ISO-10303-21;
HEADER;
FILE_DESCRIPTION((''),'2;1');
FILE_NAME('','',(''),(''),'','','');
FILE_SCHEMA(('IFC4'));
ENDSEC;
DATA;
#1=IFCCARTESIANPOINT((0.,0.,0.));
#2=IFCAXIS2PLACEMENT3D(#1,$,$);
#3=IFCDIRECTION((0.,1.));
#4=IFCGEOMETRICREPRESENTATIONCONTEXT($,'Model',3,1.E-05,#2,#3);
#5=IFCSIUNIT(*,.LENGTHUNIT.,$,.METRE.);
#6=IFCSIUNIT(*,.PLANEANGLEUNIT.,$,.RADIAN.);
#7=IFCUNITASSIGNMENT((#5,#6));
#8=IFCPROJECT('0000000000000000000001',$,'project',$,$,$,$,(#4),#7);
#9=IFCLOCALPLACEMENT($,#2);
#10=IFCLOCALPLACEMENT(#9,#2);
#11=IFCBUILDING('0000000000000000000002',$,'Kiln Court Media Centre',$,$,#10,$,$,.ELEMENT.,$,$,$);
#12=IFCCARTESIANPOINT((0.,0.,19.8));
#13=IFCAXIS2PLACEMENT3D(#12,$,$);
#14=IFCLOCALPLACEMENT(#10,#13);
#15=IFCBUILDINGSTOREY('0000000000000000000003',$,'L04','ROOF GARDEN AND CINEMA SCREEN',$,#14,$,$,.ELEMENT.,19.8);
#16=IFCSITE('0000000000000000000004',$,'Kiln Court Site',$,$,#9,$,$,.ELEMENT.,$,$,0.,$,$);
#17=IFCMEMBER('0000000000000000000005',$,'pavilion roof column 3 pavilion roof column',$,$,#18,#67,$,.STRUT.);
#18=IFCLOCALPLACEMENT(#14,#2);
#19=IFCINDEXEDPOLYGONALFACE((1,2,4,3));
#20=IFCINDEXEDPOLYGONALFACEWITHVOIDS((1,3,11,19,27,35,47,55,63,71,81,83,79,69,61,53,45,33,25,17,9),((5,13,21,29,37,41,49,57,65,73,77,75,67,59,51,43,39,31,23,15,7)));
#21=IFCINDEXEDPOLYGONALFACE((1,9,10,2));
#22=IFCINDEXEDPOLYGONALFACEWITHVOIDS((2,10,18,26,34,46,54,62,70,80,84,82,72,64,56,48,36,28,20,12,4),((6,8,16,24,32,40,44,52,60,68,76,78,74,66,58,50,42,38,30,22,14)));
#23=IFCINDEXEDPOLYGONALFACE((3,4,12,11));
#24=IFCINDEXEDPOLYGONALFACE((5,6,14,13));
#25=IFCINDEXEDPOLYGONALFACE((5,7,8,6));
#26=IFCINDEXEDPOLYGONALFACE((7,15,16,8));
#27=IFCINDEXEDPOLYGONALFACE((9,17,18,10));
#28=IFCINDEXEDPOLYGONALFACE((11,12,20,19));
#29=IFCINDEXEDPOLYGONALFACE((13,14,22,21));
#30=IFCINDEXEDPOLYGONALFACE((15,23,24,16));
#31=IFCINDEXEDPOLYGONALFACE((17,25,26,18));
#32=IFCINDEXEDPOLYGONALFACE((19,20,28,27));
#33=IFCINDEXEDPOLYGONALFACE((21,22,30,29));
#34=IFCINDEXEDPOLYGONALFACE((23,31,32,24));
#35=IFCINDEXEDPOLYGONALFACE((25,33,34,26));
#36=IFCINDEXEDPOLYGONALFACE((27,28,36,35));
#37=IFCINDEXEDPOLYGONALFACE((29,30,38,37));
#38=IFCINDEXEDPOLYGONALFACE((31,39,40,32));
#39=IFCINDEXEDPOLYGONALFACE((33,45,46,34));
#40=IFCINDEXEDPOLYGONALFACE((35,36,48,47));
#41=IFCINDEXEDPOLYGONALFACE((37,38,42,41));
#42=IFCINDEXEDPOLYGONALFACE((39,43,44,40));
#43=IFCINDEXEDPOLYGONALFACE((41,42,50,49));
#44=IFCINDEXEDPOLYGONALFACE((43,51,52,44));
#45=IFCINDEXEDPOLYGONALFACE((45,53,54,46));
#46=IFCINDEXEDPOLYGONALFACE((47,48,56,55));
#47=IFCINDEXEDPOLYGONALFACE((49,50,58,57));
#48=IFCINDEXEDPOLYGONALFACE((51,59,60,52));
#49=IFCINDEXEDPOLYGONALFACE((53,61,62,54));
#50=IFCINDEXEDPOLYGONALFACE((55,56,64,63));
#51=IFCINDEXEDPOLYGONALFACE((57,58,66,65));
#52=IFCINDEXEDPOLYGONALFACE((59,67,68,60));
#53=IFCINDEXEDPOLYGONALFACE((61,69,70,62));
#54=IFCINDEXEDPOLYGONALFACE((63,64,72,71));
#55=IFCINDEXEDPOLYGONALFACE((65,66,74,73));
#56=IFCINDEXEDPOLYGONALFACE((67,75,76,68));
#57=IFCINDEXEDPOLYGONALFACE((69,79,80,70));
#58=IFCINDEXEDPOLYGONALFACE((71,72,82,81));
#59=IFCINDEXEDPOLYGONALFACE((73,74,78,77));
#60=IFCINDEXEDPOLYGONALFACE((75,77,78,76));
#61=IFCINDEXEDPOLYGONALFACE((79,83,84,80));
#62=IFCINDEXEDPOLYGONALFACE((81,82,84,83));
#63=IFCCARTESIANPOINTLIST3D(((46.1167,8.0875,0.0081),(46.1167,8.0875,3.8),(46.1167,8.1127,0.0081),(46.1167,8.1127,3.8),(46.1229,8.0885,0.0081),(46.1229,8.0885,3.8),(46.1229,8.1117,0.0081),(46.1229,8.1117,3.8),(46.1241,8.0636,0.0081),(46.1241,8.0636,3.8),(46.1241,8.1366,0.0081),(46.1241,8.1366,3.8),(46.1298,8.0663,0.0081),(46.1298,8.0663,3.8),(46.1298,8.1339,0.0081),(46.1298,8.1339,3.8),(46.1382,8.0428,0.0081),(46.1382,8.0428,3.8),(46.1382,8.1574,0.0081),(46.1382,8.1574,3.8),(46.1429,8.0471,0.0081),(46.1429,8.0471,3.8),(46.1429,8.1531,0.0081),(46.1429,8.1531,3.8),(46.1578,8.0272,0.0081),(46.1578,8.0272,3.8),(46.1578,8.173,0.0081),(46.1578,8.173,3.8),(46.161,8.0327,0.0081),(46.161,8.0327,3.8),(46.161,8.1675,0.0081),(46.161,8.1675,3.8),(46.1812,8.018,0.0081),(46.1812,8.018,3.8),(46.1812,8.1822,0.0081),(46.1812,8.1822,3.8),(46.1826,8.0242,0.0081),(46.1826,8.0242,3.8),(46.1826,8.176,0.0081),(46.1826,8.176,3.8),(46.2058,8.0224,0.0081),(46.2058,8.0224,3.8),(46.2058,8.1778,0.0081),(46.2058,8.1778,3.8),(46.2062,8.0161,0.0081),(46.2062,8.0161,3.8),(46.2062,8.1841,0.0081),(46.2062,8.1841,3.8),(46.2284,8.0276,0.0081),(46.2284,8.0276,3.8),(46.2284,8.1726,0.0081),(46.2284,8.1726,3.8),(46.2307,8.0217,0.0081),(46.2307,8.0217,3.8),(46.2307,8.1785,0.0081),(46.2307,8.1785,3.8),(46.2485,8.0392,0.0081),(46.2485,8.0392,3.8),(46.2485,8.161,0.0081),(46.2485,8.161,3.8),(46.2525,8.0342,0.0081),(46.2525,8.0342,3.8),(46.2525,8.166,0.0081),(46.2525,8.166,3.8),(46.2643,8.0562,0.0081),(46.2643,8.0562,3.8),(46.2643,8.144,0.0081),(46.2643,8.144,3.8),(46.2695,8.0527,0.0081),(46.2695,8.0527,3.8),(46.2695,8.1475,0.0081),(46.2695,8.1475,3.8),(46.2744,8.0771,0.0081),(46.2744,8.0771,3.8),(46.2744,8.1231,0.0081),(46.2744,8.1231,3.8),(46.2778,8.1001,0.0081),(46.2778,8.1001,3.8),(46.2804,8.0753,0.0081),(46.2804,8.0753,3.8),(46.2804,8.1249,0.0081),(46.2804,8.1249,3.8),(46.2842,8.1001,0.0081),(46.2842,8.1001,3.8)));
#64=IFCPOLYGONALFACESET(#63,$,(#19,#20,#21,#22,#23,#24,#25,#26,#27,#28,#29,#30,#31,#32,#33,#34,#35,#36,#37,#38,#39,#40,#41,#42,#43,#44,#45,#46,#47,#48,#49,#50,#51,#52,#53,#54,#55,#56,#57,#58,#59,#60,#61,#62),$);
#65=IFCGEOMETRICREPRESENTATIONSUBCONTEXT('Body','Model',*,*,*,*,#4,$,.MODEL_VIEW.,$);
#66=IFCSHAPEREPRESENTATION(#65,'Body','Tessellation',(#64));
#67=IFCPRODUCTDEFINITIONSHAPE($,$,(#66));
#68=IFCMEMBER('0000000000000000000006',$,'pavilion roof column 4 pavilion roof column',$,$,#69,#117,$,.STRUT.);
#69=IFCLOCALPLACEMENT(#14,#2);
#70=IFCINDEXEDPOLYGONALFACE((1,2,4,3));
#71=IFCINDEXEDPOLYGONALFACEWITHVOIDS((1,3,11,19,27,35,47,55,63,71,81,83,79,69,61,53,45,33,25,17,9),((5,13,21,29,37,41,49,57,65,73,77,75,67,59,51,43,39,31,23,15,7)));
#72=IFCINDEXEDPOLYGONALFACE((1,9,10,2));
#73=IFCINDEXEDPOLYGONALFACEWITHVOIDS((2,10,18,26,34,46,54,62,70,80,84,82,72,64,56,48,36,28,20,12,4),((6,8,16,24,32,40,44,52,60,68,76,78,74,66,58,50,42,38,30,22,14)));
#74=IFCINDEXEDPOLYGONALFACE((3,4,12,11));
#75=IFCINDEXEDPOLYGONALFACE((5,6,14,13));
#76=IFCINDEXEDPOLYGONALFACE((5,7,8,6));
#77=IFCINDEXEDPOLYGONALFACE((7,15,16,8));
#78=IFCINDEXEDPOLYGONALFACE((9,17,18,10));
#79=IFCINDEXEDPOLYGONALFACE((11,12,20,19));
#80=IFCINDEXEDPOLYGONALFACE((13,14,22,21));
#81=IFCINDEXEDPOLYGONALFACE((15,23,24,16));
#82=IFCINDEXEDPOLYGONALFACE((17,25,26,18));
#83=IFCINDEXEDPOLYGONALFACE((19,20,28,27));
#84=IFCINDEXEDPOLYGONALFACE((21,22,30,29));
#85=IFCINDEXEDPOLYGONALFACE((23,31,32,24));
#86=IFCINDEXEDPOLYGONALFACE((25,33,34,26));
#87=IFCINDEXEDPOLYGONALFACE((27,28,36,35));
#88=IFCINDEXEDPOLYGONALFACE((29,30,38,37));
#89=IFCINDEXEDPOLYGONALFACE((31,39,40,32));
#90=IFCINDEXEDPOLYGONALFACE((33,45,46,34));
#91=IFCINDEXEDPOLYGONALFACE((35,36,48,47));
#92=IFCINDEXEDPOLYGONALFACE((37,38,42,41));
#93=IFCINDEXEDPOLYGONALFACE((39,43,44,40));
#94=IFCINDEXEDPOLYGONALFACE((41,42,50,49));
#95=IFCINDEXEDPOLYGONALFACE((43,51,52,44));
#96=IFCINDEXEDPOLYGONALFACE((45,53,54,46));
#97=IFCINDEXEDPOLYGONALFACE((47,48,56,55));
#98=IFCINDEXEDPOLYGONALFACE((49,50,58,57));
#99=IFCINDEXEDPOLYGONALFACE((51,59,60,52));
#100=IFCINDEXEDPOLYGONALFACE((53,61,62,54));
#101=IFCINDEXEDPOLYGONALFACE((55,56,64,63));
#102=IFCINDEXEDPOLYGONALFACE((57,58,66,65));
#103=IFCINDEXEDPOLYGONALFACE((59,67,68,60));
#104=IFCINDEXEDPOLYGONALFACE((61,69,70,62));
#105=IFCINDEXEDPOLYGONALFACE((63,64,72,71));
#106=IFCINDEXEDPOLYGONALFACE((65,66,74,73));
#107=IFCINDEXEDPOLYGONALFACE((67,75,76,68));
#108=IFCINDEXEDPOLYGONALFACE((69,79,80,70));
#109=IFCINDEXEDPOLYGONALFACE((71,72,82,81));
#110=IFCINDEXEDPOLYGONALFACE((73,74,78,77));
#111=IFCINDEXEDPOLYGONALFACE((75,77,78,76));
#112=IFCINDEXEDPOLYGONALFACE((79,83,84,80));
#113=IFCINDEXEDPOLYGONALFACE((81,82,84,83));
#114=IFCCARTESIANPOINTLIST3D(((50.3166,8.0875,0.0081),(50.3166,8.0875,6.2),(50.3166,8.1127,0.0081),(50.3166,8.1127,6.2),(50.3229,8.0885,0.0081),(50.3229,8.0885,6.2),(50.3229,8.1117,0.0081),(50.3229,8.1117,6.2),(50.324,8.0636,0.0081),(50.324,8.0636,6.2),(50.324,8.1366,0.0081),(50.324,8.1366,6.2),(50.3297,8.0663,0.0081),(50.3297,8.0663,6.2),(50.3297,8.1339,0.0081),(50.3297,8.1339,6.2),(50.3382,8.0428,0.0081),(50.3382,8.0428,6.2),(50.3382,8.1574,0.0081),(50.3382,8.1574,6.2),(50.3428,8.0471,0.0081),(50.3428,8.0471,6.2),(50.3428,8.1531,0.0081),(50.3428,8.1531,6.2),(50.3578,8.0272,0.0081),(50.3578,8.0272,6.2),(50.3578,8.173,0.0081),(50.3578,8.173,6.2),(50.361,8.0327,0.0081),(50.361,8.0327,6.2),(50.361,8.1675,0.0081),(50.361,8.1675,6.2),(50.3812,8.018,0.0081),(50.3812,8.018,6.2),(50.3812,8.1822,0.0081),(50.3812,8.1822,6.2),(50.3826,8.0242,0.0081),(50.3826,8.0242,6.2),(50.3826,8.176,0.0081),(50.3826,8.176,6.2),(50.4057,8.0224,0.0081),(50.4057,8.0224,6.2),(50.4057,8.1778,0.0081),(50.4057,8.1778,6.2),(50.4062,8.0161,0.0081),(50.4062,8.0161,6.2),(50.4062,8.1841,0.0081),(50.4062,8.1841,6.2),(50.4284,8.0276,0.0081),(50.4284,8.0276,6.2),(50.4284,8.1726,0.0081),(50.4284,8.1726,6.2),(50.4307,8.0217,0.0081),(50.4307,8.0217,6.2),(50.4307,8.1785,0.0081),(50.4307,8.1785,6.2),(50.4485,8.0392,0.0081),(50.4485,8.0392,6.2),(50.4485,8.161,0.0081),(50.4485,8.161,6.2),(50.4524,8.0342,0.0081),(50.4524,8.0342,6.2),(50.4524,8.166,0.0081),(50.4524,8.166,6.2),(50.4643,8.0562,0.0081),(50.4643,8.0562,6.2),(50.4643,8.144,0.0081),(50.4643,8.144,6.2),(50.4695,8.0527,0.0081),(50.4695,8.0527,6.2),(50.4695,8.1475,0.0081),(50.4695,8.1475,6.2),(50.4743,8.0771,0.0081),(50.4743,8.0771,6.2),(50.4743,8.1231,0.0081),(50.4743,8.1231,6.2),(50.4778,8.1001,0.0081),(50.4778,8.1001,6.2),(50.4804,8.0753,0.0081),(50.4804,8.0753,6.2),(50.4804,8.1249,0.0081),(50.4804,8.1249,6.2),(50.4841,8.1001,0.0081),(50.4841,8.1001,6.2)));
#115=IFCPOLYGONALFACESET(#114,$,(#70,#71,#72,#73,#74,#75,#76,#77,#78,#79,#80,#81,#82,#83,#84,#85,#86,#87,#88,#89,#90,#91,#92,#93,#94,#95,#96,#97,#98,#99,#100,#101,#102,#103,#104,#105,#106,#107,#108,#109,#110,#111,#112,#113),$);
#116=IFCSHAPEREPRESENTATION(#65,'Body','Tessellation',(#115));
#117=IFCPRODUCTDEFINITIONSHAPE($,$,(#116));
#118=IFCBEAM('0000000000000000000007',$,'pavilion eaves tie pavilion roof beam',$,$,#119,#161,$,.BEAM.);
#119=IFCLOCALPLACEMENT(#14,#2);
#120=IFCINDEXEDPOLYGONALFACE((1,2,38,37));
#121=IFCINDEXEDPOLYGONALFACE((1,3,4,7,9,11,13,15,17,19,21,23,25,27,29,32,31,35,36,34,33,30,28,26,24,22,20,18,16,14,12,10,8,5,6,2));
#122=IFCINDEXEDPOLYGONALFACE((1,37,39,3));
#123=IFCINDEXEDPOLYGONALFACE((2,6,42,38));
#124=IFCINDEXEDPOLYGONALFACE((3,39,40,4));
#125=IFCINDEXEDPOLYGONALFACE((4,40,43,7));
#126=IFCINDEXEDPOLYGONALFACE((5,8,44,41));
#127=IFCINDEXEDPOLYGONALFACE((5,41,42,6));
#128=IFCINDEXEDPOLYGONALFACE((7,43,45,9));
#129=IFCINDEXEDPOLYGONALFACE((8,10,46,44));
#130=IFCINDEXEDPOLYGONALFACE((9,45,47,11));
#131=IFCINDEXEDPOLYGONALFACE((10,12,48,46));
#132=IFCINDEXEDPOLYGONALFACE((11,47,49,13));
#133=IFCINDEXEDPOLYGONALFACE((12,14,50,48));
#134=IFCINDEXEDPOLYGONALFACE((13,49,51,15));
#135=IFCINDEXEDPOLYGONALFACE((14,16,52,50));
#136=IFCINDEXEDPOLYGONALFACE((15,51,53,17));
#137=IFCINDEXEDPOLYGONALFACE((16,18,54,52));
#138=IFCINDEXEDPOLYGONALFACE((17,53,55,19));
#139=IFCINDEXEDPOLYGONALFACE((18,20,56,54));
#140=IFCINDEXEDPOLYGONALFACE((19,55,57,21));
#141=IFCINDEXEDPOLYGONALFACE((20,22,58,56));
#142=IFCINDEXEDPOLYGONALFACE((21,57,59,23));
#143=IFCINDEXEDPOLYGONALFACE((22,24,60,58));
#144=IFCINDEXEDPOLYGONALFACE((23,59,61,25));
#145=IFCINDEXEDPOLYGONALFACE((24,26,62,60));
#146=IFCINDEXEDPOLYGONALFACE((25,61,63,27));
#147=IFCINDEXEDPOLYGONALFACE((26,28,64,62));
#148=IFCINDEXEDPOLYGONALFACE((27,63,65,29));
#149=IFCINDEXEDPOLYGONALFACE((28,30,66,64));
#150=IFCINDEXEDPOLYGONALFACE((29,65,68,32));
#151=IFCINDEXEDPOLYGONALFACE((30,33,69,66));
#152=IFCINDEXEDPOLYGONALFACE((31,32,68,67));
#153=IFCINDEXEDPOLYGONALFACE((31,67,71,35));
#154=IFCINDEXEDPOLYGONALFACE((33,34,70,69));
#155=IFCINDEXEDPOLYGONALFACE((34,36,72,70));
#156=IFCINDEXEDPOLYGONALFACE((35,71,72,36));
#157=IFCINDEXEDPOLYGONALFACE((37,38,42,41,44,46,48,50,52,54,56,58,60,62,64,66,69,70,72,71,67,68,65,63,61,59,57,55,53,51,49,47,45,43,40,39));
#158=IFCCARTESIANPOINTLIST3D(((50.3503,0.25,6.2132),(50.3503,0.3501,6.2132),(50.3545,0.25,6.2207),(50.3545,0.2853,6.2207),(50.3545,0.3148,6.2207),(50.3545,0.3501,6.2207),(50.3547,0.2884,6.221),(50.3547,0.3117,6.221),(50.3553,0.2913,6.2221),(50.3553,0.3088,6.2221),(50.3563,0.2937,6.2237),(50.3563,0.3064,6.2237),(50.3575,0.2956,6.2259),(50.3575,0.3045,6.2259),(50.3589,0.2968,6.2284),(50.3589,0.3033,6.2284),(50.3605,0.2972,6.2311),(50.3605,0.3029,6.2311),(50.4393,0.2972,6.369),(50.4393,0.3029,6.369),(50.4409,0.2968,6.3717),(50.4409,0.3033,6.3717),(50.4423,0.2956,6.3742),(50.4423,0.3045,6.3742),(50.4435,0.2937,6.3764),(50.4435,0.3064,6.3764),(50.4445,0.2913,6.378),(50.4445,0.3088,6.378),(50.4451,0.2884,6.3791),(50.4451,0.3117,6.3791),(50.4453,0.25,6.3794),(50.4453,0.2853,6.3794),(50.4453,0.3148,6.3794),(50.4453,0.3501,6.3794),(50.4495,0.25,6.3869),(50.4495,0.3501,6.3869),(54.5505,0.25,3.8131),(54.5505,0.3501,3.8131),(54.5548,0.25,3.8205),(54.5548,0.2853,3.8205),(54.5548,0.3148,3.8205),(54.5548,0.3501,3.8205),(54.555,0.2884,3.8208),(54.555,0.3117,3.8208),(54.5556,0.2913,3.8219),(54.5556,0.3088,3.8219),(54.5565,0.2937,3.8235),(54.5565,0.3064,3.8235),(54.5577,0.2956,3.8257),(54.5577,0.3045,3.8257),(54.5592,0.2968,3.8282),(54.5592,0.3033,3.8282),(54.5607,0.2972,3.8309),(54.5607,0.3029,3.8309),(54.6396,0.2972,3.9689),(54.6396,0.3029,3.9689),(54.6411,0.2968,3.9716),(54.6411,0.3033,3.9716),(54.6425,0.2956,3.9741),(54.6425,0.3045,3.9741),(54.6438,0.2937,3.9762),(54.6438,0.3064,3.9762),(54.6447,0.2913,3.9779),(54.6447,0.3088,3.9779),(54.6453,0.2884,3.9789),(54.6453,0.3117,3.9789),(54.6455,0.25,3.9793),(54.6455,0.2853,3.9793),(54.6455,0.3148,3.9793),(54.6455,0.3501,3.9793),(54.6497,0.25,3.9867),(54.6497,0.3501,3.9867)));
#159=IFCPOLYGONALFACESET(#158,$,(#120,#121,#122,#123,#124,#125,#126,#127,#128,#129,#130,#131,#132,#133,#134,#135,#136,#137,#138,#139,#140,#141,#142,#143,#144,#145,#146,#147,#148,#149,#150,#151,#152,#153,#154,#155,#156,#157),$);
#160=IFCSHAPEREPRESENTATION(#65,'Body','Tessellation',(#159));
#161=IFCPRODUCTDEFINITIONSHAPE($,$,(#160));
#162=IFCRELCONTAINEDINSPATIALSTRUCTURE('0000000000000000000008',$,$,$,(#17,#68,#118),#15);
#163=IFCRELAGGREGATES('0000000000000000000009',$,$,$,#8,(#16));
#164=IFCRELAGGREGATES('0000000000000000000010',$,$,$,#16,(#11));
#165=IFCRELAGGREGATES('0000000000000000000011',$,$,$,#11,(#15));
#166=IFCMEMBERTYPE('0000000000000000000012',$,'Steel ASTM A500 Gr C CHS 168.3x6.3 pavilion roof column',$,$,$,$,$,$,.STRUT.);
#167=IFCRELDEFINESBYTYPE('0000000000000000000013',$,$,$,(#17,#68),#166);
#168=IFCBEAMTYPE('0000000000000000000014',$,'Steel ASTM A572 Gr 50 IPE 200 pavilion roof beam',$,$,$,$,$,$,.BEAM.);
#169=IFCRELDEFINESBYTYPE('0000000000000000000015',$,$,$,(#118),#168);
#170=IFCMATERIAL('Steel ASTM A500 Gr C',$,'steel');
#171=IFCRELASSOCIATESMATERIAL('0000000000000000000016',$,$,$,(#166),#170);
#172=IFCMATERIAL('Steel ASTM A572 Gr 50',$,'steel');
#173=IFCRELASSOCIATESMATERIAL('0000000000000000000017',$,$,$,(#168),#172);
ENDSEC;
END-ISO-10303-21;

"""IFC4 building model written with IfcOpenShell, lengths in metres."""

from ifc_helpers import new_model, si_unit, direction, frame, origin, origin_2d, place, context, subcontext, project, spatial, hollow_circle, i_section, extrude, material, material_profile, profile_set, type_object, element, save


model = new_model("IFC4")

# Units and contexts
model_context = context("Model", 3, precision=1e-05, world=origin(), true_north=direction((0.0, 1.0)))
body_context = subcontext(model_context, "Body", "Model", "MODEL_VIEW")
ifc_project = project(units=[si_unit("LENGTHUNIT", "METRE"), si_unit("PLANEANGLEUNIT", "RADIAN")], contexts=[model_context])

# Site, building, storey
site_placement = place(None, origin())
site = spatial("IfcSite", under=ifc_project, at=site_placement, Name="Kiln Court Site", CompositionType="ELEMENT", RefElevation=0.0)
building_placement = place(site_placement, origin())
building = spatial("IfcBuilding", under=site, at=building_placement, Name="Kiln Court Media Centre", CompositionType="ELEMENT")
storey_placement = place(building_placement, frame((0.0, 0.0, 19.8)))
storey = spatial("IfcBuildingStorey", under=building, at=storey_placement, Name="L04", Description="ROOF GARDEN AND CINEMA SCREEN", CompositionType="ELEMENT", Elevation=19.8)

# Members
ifc_material_1 = material(Name="Steel ASTM A500 Gr C", Category="steel")
ifc_material_profile_1 = material_profile(ifc_material_1, hollow_circle(Radius=0.0842, WallThickness=0.0063, at=origin_2d()), Name="CHS 168.3x6.3")
ifc_profile_set_1 = profile_set([ifc_material_profile_1], Name="Steel ASTM A500 Gr C")
member_type = type_object("IfcMemberType", Name="Steel ASTM A500 Gr C CHS 168.3x6.3 pavilion roof column", PredefinedType="STRUT", material=ifc_profile_set_1)
member_1_placement = place(storey_placement, frame((46.2, 8.1001, 0.0081), z_axis=(0.0, 0.0, 1.0), x_axis=(1.0, 0.0, 0.0)))
element("IfcMember", 1, at=member_1_placement, inside=storey, type_object=member_type, Name="pavilion roof column 3 pavilion roof column", PredefinedType="STRUT", context=body_context, shape_type="SweptSolid", body=[
    extrude(hollow_circle(Radius=0.0842, WallThickness=0.0063, at=origin_2d()), origin(), (0.0, 0.0, 1.0), 3.792),
])
member_2_placement = place(storey_placement, frame((50.3999, 8.1001, 0.0081), z_axis=(0.0, 0.0, 1.0), x_axis=(1.0, 0.0, 0.0)))
element("IfcMember", 2, at=member_2_placement, inside=storey, type_object=member_type, Name="pavilion roof column 4 pavilion roof column", PredefinedType="STRUT", context=body_context, shape_type="SweptSolid", body=[
    extrude(hollow_circle(Radius=0.0842, WallThickness=0.0063, at=origin_2d()), origin(), (0.0, 0.0, 1.0), 6.1919),
])

# Beam
ifc_material_2 = material(Name="Steel ASTM A572 Gr 50", Category="steel")
ifc_material_profile_2 = material_profile(ifc_material_2, i_section(OverallWidth=0.1001, OverallDepth=0.2, WebThickness=0.0056, FlangeThickness=0.0085, FilletRadius=0.012, at=origin_2d()), Name="IPE 200")
ifc_profile_set_2 = profile_set([ifc_material_profile_2], Name="Steel ASTM A572 Gr 50")
beam_type_1 = type_object("IfcBeamType", Name="Steel ASTM A572 Gr 50 IPE 200 pavilion roof beam", PredefinedType="BEAM", material=ifc_profile_set_2)
beam_1_placement = place(storey_placement, frame((50.3999, 0.3, 6.3), z_axis=(0.86824, 0.0, -0.496144), x_axis=(0.0, 1.0, 0.0)))
element("IfcBeam", 3, at=beam_1_placement, inside=storey, type_object=beam_type_1, Name="pavilion eaves tie pavilion roof beam", PredefinedType="BEAM", context=body_context, shape_type="SweptSolid", body=[
    extrude(i_section(OverallWidth=0.1001, OverallDepth=0.2, WebThickness=0.0056, FlangeThickness=0.0085, FilletRadius=0.012, at=origin_2d()), origin(), (0.0, 0.0, 1.0), 4.8376),
])

save(model, "model.ifc")
